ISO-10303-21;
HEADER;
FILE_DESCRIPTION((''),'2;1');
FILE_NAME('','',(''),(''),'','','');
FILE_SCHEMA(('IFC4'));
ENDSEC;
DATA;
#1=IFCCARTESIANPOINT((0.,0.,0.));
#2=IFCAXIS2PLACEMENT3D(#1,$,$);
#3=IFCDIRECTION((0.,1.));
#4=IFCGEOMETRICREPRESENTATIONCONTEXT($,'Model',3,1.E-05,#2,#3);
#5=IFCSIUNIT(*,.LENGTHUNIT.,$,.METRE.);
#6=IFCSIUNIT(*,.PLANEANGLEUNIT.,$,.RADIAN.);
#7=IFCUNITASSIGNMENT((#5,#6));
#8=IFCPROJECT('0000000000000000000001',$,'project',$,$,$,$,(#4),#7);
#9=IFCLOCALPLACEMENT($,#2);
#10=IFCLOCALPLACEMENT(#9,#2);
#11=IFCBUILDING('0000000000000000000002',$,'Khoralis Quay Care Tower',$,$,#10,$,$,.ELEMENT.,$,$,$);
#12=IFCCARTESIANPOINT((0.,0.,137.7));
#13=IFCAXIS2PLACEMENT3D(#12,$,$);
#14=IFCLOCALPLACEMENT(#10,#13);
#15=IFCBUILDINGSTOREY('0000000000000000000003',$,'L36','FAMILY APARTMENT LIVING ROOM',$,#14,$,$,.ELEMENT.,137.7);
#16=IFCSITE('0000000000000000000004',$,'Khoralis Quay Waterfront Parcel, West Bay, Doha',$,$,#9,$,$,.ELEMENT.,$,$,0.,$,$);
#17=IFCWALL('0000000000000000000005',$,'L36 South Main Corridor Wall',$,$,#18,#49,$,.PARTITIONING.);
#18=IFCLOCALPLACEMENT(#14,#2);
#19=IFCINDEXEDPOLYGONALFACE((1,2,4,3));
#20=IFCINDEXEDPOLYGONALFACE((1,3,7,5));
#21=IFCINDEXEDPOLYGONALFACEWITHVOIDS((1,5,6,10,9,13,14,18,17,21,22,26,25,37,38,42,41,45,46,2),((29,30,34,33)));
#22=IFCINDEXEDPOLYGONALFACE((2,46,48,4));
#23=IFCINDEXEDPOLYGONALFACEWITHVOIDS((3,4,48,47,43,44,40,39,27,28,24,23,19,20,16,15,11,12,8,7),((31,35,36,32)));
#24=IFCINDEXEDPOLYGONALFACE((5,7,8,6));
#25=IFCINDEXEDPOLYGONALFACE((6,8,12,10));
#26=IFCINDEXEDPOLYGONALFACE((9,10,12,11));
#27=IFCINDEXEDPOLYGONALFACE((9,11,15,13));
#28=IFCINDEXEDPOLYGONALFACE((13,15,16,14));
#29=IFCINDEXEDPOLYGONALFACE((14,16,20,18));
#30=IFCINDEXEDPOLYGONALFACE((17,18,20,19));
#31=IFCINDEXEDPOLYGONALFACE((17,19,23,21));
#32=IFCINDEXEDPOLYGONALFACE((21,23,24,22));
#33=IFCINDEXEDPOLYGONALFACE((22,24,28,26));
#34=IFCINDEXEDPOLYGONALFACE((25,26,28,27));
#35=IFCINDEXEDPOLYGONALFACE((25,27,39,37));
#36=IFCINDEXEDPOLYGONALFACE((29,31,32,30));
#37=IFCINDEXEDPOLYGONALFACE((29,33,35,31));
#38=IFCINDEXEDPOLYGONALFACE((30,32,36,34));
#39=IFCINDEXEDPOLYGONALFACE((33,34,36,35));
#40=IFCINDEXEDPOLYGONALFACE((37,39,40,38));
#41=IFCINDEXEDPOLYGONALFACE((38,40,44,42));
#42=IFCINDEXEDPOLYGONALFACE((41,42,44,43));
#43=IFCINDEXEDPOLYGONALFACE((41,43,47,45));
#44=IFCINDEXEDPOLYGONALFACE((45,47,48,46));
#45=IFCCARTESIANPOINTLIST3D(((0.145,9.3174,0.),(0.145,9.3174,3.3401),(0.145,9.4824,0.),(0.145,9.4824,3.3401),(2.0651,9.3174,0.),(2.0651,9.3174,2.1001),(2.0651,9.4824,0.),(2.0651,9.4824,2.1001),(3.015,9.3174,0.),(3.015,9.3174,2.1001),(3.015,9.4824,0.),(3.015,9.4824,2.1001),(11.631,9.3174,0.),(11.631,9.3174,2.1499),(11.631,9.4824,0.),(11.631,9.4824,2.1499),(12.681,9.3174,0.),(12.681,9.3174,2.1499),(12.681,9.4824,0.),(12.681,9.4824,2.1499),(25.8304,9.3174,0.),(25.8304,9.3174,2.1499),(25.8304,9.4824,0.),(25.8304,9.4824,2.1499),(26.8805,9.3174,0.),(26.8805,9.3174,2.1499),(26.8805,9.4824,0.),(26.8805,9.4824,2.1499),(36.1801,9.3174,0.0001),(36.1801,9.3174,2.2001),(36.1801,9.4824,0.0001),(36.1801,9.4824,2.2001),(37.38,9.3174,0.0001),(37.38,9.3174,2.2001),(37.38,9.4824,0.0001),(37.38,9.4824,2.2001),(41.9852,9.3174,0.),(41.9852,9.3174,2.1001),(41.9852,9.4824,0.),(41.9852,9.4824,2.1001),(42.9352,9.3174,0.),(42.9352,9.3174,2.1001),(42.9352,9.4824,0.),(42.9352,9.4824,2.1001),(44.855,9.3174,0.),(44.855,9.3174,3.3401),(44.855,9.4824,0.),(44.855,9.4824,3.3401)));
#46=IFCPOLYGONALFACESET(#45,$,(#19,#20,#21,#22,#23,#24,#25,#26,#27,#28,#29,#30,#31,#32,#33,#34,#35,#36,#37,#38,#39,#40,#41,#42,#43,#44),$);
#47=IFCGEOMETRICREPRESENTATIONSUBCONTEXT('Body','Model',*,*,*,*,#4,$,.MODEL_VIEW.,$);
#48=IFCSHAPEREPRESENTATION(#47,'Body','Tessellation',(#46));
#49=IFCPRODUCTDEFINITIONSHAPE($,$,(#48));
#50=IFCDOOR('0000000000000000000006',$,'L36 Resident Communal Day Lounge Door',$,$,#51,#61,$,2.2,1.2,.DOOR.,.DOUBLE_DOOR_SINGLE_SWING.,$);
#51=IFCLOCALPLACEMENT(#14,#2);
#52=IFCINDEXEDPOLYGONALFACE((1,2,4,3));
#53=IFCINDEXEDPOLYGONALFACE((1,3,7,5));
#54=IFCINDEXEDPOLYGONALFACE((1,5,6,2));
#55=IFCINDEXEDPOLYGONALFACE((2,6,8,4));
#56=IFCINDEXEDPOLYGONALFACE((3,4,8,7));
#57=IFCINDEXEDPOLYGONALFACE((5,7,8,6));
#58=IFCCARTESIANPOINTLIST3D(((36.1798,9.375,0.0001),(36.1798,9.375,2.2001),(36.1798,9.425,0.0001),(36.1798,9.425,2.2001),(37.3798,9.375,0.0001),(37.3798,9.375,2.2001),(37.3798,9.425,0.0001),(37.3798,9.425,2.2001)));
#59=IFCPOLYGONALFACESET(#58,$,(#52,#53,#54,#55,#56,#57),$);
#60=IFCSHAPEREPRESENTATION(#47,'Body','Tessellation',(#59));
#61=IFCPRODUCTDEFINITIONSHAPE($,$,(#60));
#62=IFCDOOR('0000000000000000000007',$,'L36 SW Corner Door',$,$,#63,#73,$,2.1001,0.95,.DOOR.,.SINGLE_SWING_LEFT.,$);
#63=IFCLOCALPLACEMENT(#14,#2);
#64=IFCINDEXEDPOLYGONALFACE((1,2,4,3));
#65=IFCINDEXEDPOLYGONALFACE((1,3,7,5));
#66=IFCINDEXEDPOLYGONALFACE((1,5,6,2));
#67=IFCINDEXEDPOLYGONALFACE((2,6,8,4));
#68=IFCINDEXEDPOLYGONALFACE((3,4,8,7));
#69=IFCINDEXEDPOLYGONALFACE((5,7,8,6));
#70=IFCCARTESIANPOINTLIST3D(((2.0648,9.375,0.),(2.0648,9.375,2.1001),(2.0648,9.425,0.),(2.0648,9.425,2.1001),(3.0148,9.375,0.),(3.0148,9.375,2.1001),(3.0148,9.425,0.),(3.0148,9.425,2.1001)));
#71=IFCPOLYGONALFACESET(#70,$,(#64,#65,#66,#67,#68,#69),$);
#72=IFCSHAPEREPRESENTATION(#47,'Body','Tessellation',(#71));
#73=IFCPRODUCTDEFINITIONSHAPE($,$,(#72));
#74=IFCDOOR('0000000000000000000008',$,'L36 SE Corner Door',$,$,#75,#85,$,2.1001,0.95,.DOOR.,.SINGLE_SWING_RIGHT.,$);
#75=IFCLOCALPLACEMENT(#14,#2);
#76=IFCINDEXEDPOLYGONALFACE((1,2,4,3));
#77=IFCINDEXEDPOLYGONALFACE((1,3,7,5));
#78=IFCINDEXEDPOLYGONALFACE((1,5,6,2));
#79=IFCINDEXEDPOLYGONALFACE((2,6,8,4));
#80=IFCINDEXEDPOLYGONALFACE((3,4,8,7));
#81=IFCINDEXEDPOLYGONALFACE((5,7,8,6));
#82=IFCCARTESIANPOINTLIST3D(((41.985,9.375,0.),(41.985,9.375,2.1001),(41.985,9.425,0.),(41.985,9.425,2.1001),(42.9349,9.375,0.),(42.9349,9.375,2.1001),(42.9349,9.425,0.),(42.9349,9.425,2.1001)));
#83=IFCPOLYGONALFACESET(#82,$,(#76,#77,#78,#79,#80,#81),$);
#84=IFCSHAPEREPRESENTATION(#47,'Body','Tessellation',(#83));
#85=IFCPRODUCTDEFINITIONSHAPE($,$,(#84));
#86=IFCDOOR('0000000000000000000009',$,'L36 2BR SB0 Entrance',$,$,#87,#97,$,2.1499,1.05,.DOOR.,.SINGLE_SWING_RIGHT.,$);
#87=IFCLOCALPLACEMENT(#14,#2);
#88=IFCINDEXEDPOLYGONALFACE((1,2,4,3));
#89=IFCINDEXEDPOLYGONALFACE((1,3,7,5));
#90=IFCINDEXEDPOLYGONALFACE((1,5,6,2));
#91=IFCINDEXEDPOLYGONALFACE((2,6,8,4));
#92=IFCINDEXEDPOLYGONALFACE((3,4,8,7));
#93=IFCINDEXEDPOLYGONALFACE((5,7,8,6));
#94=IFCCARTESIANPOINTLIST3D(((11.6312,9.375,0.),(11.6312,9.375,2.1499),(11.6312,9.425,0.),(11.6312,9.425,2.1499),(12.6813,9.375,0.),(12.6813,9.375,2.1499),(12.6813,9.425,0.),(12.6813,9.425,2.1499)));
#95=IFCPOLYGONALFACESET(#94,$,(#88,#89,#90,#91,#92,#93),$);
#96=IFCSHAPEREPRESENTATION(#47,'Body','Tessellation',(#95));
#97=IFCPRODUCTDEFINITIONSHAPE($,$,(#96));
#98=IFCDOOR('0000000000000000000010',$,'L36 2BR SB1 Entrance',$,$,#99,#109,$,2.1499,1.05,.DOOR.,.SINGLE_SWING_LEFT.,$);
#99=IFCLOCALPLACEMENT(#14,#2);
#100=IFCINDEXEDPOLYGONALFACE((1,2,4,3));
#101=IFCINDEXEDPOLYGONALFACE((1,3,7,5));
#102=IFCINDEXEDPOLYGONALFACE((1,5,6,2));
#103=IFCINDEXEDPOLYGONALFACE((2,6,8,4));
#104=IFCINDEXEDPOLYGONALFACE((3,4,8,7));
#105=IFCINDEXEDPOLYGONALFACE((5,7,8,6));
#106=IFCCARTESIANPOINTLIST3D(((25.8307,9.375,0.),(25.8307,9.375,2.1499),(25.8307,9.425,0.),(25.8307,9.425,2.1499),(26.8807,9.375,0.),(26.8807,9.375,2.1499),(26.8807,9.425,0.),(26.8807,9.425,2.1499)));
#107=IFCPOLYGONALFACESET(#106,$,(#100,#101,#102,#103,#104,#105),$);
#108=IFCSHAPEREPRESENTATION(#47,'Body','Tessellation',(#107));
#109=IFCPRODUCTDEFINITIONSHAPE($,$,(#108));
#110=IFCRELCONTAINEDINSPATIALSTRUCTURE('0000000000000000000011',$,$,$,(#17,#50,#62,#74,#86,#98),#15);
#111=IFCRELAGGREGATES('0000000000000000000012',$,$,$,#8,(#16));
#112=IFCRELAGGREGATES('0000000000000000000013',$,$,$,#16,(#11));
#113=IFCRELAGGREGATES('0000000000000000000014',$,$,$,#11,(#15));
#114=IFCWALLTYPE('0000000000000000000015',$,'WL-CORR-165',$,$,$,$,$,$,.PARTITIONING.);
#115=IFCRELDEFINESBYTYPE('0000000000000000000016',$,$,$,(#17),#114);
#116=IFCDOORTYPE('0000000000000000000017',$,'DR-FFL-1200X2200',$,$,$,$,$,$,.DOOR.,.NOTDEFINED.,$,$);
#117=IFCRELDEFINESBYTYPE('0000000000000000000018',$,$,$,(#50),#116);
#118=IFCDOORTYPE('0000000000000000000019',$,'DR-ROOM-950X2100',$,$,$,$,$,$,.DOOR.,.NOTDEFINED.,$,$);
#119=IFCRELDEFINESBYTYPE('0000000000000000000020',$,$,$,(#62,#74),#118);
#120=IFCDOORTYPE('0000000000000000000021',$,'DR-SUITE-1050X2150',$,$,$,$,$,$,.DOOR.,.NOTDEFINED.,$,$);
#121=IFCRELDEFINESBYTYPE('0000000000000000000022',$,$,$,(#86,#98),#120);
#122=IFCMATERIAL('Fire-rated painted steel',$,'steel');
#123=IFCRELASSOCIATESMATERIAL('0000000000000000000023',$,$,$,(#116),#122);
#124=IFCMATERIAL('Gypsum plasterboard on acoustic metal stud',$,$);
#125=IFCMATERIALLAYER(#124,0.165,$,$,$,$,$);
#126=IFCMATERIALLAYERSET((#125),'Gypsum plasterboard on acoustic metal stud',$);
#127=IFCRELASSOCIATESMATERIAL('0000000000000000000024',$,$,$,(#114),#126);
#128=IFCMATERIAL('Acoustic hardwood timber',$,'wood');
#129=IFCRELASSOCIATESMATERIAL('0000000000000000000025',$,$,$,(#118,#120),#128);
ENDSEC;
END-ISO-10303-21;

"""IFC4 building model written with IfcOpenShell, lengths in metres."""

from ifc_helpers import new_model, si_unit, direction, frame, frame_2d, origin, place, context, subcontext, project, spatial, rectangle, extrude, source, transform, mapped, material, layer, layer_set, type_object, element, fill, save


model = new_model("IFC4")

# Units and contexts
model_context = context("Model", 3, precision=1e-05, world=origin(), true_north=direction((0.0, 1.0)))
body_context = subcontext(model_context, "Body", "Model", "MODEL_VIEW")
ifc_project = project(units=[si_unit("LENGTHUNIT", "METRE"), si_unit("PLANEANGLEUNIT", "RADIAN")], contexts=[model_context])

# Site, building, storey
site_placement = place(None, origin())
site = spatial("IfcSite", under=ifc_project, at=site_placement, Name="Khoralis Quay Waterfront Parcel, West Bay, Doha", CompositionType="ELEMENT", RefElevation=0.0)
building_placement = place(site_placement, origin())
building = spatial("IfcBuilding", under=site, at=building_placement, Name="Khoralis Quay Care Tower", CompositionType="ELEMENT")
storey_placement = place(building_placement, frame((0.0, 0.0, 137.7)))
storey = spatial("IfcBuildingStorey", under=building, at=storey_placement, Name="L36", Description="FAMILY APARTMENT LIVING ROOM", CompositionType="ELEMENT", Elevation=137.7)

# Shared definitions
ifc_material_1 = material(Name="Gypsum plasterboard on acoustic metal stud")
ifc_material_2 = material(Name="Fire-rated painted steel", Category="steel")
door_type_1 = type_object("IfcDoorType", Name="DR-FFL-1200X2200", OperationType="NOTDEFINED", PredefinedType="DOOR", material=ifc_material_2)
shared_shape_1 = source(origin(), body_context, "Body", "SweptSolid", [
    extrude(rectangle(XDim=1.2, YDim=2.2, at=frame_2d((0.6001, 1.1001))), frame((0.0, 0.0249, 0.0), z_axis=(0.0, -1.0, 0.0), x_axis=(1.0, 0.0, 0.0)), (0.0, 0.0, 1.0), 0.05),
])

# Wall, openings, doors
ifc_layer_1 = layer(ifc_material_1, 0.165)
ifc_layer_set_1 = layer_set([ifc_layer_1], Name="Gypsum plasterboard on acoustic metal stud")
wall_type_1 = type_object("IfcWallType", Name="WL-CORR-165", PredefinedType="PARTITIONING", material=ifc_layer_set_1)
wall_1_placement = place(storey_placement, frame((0.145, 9.3999, 0.0), z_axis=(0.0, 0.0, 1.0), x_axis=(1.0, 0.0, 0.0)))
wall_1 = element("IfcWall", 1, at=wall_1_placement, inside=storey, type_object=wall_type_1, Name="L36 South Main Corridor Wall", PredefinedType="PARTITIONING", context=body_context, shape_type="SweptSolid", body=[
    extrude(rectangle(XDim=44.71, YDim=0.165, at=frame_2d((22.355, 0.0))), origin(), (0.0, 0.0, 1.0), 3.3401),
])
opening_1_placement = place(wall_1_placement, frame((11.4861, 0.0, 0.0)))
opening_1 = element("IfcOpeningElement", 2, at=opening_1_placement, cuts=wall_1, PredefinedType="OPENING", context=body_context, shape_type="SweptSolid", body=[
    extrude(rectangle(XDim=1.05, YDim=2.1499, at=frame_2d((0.5249, 1.075))), frame((0.0, 0.0925, 0.0), z_axis=(0.0, -1.0, 0.0), x_axis=(1.0, 0.0, 0.0)), (0.0, 0.0, 1.0), 0.1851),
])
opening_2_placement = place(wall_1_placement, frame((25.6855, 0.0, 0.0)))
opening_2 = element("IfcOpeningElement", 3, at=opening_2_placement, cuts=wall_1, PredefinedType="OPENING", context=body_context, shape_type="SweptSolid", body=[
    extrude(rectangle(XDim=1.05, YDim=2.1499, at=frame_2d((0.5249, 1.075))), frame((0.0, 0.0925, 0.0), z_axis=(0.0, -1.0, 0.0), x_axis=(1.0, 0.0, 0.0)), (0.0, 0.0, 1.0), 0.1851),
])
opening_3_placement = place(wall_1_placement, frame((36.0349, 0.0, 0.0)))
opening_3 = element("IfcOpeningElement", 4, at=opening_3_placement, cuts=wall_1, PredefinedType="OPENING", context=body_context, shape_type="SweptSolid", body=[
    extrude(rectangle(XDim=1.2, YDim=2.2, at=frame_2d((0.6001, 1.1001))), frame((0.0, 0.0925, 0.0), z_axis=(0.0, -1.0, 0.0), x_axis=(1.0, 0.0, 0.0)), (0.0, 0.0, 1.0), 0.1851),
])
opening_4_placement = place(wall_1_placement, frame((1.9199, 0.0, 0.0)))
opening_4 = element("IfcOpeningElement", 5, at=opening_4_placement, cuts=wall_1, PredefinedType="OPENING", context=body_context, shape_type="SweptSolid", body=[
    extrude(rectangle(XDim=0.95, YDim=2.1001, at=frame_2d((0.4751, 1.05))), frame((0.0, 0.0925, 0.0), z_axis=(0.0, -1.0, 0.0), x_axis=(1.0, 0.0, 0.0)), (0.0, 0.0, 1.0), 0.1851),
])
opening_5_placement = place(wall_1_placement, frame((41.8401, 0.0, 0.0)))
opening_5 = element("IfcOpeningElement", 6, at=opening_5_placement, cuts=wall_1, PredefinedType="OPENING", context=body_context, shape_type="SweptSolid", body=[
    extrude(rectangle(XDim=0.95, YDim=2.1001, at=frame_2d((0.4751, 1.05))), frame((0.0, 0.0925, 0.0), z_axis=(0.0, -1.0, 0.0), x_axis=(1.0, 0.0, 0.0)), (0.0, 0.0, 1.0), 0.1851),
])
door_1_placement = place(opening_3_placement, frame((1.2, 0.0, 0.0), z_axis=(0.0, 0.0, 1.0), x_axis=(-1.0, 0.0, 0.0)))
door_1 = element("IfcDoor", 7, at=door_1_placement, inside=storey, type_object=door_type_1, Name="L36 Resident Communal Day Lounge Door", OperationType="DOUBLE_DOOR_SINGLE_SWING", OverallHeight=2.2, OverallWidth=1.2, PredefinedType="DOOR", context=body_context, shape_type="MappedRepresentation", body=[
    mapped(shared_shape_1, transform((0.0, 0.0, 0.0), scale=1.0)),
])
fill(opening_3, door_1)
ifc_material_3 = material(Name="Acoustic hardwood timber", Category="wood")
door_type_2 = type_object("IfcDoorType", Name="DR-ROOM-950X2100", OperationType="NOTDEFINED", PredefinedType="DOOR", material=ifc_material_3)
shared_shape_2 = source(origin(), body_context, "Body", "SweptSolid", [
    extrude(rectangle(XDim=0.95, YDim=2.1001, at=frame_2d((0.4751, 1.05))), frame((0.0, 0.0249, 0.0), z_axis=(0.0, -1.0, 0.0), x_axis=(1.0, 0.0, 0.0)), (0.0, 0.0, 1.0), 0.05),
])
door_2_placement = place(opening_4_placement, frame((0.95, 0.0, 0.0), z_axis=(0.0, 0.0, 1.0), x_axis=(-1.0, 0.0, 0.0)))
door_2 = element("IfcDoor", 8, at=door_2_placement, inside=storey, type_object=door_type_2, Name="L36 SW Corner Door", OperationType="SINGLE_SWING_LEFT", OverallHeight=2.1001, OverallWidth=0.95, PredefinedType="DOOR", context=body_context, shape_type="MappedRepresentation", body=[
    mapped(shared_shape_2, transform((0.0, 0.0, 0.0), scale=1.0)),
])
fill(opening_4, door_2)
door_3_placement = place(opening_5_placement, frame((0.95, 0.0, 0.0), z_axis=(0.0, 0.0, 1.0), x_axis=(-1.0, 0.0, 0.0)))
door_3 = element("IfcDoor", 9, at=door_3_placement, inside=storey, type_object=door_type_2, Name="L36 SE Corner Door", OperationType="SINGLE_SWING_RIGHT", OverallHeight=2.1001, OverallWidth=0.95, PredefinedType="DOOR", context=body_context, shape_type="MappedRepresentation", body=[
    mapped(shared_shape_2, transform((0.0, 0.0, 0.0), scale=1.0)),
])
fill(opening_5, door_3)
door_type_3 = type_object("IfcDoorType", Name="DR-SUITE-1050X2150", OperationType="NOTDEFINED", PredefinedType="DOOR", material=ifc_material_3)
shared_shape_3 = source(origin(), body_context, "Body", "SweptSolid", [
    extrude(rectangle(XDim=1.05, YDim=2.1499, at=frame_2d((0.5249, 1.075))), frame((0.0, 0.0249, 0.0), z_axis=(0.0, -1.0, 0.0), x_axis=(1.0, 0.0, 0.0)), (0.0, 0.0, 1.0), 0.05),
])
door_4_placement = place(opening_1_placement, frame((1.05, 0.0, 0.0), z_axis=(0.0, 0.0, 1.0), x_axis=(-1.0, 0.0, 0.0)))
door_4 = element("IfcDoor", 10, at=door_4_placement, inside=storey, type_object=door_type_3, Name="L36 2BR SB0 Entrance", OperationType="SINGLE_SWING_RIGHT", OverallHeight=2.1499, OverallWidth=1.05, PredefinedType="DOOR", context=body_context, shape_type="MappedRepresentation", body=[
    mapped(shared_shape_3, transform((0.0, 0.0, 0.0), scale=1.0)),
])
fill(opening_1, door_4)
door_5_placement = place(opening_2_placement, frame((1.05, 0.0, 0.0), z_axis=(0.0, 0.0, 1.0), x_axis=(-1.0, 0.0, 0.0)))
door_5 = element("IfcDoor", 11, at=door_5_placement, inside=storey, type_object=door_type_3, Name="L36 2BR SB1 Entrance", OperationType="SINGLE_SWING_LEFT", OverallHeight=2.1499, OverallWidth=1.05, PredefinedType="DOOR", context=body_context, shape_type="MappedRepresentation", body=[
    mapped(shared_shape_3, transform((0.0, 0.0, 0.0), scale=1.0)),
])
fill(opening_2, door_5)

save(model, "model.ifc")
